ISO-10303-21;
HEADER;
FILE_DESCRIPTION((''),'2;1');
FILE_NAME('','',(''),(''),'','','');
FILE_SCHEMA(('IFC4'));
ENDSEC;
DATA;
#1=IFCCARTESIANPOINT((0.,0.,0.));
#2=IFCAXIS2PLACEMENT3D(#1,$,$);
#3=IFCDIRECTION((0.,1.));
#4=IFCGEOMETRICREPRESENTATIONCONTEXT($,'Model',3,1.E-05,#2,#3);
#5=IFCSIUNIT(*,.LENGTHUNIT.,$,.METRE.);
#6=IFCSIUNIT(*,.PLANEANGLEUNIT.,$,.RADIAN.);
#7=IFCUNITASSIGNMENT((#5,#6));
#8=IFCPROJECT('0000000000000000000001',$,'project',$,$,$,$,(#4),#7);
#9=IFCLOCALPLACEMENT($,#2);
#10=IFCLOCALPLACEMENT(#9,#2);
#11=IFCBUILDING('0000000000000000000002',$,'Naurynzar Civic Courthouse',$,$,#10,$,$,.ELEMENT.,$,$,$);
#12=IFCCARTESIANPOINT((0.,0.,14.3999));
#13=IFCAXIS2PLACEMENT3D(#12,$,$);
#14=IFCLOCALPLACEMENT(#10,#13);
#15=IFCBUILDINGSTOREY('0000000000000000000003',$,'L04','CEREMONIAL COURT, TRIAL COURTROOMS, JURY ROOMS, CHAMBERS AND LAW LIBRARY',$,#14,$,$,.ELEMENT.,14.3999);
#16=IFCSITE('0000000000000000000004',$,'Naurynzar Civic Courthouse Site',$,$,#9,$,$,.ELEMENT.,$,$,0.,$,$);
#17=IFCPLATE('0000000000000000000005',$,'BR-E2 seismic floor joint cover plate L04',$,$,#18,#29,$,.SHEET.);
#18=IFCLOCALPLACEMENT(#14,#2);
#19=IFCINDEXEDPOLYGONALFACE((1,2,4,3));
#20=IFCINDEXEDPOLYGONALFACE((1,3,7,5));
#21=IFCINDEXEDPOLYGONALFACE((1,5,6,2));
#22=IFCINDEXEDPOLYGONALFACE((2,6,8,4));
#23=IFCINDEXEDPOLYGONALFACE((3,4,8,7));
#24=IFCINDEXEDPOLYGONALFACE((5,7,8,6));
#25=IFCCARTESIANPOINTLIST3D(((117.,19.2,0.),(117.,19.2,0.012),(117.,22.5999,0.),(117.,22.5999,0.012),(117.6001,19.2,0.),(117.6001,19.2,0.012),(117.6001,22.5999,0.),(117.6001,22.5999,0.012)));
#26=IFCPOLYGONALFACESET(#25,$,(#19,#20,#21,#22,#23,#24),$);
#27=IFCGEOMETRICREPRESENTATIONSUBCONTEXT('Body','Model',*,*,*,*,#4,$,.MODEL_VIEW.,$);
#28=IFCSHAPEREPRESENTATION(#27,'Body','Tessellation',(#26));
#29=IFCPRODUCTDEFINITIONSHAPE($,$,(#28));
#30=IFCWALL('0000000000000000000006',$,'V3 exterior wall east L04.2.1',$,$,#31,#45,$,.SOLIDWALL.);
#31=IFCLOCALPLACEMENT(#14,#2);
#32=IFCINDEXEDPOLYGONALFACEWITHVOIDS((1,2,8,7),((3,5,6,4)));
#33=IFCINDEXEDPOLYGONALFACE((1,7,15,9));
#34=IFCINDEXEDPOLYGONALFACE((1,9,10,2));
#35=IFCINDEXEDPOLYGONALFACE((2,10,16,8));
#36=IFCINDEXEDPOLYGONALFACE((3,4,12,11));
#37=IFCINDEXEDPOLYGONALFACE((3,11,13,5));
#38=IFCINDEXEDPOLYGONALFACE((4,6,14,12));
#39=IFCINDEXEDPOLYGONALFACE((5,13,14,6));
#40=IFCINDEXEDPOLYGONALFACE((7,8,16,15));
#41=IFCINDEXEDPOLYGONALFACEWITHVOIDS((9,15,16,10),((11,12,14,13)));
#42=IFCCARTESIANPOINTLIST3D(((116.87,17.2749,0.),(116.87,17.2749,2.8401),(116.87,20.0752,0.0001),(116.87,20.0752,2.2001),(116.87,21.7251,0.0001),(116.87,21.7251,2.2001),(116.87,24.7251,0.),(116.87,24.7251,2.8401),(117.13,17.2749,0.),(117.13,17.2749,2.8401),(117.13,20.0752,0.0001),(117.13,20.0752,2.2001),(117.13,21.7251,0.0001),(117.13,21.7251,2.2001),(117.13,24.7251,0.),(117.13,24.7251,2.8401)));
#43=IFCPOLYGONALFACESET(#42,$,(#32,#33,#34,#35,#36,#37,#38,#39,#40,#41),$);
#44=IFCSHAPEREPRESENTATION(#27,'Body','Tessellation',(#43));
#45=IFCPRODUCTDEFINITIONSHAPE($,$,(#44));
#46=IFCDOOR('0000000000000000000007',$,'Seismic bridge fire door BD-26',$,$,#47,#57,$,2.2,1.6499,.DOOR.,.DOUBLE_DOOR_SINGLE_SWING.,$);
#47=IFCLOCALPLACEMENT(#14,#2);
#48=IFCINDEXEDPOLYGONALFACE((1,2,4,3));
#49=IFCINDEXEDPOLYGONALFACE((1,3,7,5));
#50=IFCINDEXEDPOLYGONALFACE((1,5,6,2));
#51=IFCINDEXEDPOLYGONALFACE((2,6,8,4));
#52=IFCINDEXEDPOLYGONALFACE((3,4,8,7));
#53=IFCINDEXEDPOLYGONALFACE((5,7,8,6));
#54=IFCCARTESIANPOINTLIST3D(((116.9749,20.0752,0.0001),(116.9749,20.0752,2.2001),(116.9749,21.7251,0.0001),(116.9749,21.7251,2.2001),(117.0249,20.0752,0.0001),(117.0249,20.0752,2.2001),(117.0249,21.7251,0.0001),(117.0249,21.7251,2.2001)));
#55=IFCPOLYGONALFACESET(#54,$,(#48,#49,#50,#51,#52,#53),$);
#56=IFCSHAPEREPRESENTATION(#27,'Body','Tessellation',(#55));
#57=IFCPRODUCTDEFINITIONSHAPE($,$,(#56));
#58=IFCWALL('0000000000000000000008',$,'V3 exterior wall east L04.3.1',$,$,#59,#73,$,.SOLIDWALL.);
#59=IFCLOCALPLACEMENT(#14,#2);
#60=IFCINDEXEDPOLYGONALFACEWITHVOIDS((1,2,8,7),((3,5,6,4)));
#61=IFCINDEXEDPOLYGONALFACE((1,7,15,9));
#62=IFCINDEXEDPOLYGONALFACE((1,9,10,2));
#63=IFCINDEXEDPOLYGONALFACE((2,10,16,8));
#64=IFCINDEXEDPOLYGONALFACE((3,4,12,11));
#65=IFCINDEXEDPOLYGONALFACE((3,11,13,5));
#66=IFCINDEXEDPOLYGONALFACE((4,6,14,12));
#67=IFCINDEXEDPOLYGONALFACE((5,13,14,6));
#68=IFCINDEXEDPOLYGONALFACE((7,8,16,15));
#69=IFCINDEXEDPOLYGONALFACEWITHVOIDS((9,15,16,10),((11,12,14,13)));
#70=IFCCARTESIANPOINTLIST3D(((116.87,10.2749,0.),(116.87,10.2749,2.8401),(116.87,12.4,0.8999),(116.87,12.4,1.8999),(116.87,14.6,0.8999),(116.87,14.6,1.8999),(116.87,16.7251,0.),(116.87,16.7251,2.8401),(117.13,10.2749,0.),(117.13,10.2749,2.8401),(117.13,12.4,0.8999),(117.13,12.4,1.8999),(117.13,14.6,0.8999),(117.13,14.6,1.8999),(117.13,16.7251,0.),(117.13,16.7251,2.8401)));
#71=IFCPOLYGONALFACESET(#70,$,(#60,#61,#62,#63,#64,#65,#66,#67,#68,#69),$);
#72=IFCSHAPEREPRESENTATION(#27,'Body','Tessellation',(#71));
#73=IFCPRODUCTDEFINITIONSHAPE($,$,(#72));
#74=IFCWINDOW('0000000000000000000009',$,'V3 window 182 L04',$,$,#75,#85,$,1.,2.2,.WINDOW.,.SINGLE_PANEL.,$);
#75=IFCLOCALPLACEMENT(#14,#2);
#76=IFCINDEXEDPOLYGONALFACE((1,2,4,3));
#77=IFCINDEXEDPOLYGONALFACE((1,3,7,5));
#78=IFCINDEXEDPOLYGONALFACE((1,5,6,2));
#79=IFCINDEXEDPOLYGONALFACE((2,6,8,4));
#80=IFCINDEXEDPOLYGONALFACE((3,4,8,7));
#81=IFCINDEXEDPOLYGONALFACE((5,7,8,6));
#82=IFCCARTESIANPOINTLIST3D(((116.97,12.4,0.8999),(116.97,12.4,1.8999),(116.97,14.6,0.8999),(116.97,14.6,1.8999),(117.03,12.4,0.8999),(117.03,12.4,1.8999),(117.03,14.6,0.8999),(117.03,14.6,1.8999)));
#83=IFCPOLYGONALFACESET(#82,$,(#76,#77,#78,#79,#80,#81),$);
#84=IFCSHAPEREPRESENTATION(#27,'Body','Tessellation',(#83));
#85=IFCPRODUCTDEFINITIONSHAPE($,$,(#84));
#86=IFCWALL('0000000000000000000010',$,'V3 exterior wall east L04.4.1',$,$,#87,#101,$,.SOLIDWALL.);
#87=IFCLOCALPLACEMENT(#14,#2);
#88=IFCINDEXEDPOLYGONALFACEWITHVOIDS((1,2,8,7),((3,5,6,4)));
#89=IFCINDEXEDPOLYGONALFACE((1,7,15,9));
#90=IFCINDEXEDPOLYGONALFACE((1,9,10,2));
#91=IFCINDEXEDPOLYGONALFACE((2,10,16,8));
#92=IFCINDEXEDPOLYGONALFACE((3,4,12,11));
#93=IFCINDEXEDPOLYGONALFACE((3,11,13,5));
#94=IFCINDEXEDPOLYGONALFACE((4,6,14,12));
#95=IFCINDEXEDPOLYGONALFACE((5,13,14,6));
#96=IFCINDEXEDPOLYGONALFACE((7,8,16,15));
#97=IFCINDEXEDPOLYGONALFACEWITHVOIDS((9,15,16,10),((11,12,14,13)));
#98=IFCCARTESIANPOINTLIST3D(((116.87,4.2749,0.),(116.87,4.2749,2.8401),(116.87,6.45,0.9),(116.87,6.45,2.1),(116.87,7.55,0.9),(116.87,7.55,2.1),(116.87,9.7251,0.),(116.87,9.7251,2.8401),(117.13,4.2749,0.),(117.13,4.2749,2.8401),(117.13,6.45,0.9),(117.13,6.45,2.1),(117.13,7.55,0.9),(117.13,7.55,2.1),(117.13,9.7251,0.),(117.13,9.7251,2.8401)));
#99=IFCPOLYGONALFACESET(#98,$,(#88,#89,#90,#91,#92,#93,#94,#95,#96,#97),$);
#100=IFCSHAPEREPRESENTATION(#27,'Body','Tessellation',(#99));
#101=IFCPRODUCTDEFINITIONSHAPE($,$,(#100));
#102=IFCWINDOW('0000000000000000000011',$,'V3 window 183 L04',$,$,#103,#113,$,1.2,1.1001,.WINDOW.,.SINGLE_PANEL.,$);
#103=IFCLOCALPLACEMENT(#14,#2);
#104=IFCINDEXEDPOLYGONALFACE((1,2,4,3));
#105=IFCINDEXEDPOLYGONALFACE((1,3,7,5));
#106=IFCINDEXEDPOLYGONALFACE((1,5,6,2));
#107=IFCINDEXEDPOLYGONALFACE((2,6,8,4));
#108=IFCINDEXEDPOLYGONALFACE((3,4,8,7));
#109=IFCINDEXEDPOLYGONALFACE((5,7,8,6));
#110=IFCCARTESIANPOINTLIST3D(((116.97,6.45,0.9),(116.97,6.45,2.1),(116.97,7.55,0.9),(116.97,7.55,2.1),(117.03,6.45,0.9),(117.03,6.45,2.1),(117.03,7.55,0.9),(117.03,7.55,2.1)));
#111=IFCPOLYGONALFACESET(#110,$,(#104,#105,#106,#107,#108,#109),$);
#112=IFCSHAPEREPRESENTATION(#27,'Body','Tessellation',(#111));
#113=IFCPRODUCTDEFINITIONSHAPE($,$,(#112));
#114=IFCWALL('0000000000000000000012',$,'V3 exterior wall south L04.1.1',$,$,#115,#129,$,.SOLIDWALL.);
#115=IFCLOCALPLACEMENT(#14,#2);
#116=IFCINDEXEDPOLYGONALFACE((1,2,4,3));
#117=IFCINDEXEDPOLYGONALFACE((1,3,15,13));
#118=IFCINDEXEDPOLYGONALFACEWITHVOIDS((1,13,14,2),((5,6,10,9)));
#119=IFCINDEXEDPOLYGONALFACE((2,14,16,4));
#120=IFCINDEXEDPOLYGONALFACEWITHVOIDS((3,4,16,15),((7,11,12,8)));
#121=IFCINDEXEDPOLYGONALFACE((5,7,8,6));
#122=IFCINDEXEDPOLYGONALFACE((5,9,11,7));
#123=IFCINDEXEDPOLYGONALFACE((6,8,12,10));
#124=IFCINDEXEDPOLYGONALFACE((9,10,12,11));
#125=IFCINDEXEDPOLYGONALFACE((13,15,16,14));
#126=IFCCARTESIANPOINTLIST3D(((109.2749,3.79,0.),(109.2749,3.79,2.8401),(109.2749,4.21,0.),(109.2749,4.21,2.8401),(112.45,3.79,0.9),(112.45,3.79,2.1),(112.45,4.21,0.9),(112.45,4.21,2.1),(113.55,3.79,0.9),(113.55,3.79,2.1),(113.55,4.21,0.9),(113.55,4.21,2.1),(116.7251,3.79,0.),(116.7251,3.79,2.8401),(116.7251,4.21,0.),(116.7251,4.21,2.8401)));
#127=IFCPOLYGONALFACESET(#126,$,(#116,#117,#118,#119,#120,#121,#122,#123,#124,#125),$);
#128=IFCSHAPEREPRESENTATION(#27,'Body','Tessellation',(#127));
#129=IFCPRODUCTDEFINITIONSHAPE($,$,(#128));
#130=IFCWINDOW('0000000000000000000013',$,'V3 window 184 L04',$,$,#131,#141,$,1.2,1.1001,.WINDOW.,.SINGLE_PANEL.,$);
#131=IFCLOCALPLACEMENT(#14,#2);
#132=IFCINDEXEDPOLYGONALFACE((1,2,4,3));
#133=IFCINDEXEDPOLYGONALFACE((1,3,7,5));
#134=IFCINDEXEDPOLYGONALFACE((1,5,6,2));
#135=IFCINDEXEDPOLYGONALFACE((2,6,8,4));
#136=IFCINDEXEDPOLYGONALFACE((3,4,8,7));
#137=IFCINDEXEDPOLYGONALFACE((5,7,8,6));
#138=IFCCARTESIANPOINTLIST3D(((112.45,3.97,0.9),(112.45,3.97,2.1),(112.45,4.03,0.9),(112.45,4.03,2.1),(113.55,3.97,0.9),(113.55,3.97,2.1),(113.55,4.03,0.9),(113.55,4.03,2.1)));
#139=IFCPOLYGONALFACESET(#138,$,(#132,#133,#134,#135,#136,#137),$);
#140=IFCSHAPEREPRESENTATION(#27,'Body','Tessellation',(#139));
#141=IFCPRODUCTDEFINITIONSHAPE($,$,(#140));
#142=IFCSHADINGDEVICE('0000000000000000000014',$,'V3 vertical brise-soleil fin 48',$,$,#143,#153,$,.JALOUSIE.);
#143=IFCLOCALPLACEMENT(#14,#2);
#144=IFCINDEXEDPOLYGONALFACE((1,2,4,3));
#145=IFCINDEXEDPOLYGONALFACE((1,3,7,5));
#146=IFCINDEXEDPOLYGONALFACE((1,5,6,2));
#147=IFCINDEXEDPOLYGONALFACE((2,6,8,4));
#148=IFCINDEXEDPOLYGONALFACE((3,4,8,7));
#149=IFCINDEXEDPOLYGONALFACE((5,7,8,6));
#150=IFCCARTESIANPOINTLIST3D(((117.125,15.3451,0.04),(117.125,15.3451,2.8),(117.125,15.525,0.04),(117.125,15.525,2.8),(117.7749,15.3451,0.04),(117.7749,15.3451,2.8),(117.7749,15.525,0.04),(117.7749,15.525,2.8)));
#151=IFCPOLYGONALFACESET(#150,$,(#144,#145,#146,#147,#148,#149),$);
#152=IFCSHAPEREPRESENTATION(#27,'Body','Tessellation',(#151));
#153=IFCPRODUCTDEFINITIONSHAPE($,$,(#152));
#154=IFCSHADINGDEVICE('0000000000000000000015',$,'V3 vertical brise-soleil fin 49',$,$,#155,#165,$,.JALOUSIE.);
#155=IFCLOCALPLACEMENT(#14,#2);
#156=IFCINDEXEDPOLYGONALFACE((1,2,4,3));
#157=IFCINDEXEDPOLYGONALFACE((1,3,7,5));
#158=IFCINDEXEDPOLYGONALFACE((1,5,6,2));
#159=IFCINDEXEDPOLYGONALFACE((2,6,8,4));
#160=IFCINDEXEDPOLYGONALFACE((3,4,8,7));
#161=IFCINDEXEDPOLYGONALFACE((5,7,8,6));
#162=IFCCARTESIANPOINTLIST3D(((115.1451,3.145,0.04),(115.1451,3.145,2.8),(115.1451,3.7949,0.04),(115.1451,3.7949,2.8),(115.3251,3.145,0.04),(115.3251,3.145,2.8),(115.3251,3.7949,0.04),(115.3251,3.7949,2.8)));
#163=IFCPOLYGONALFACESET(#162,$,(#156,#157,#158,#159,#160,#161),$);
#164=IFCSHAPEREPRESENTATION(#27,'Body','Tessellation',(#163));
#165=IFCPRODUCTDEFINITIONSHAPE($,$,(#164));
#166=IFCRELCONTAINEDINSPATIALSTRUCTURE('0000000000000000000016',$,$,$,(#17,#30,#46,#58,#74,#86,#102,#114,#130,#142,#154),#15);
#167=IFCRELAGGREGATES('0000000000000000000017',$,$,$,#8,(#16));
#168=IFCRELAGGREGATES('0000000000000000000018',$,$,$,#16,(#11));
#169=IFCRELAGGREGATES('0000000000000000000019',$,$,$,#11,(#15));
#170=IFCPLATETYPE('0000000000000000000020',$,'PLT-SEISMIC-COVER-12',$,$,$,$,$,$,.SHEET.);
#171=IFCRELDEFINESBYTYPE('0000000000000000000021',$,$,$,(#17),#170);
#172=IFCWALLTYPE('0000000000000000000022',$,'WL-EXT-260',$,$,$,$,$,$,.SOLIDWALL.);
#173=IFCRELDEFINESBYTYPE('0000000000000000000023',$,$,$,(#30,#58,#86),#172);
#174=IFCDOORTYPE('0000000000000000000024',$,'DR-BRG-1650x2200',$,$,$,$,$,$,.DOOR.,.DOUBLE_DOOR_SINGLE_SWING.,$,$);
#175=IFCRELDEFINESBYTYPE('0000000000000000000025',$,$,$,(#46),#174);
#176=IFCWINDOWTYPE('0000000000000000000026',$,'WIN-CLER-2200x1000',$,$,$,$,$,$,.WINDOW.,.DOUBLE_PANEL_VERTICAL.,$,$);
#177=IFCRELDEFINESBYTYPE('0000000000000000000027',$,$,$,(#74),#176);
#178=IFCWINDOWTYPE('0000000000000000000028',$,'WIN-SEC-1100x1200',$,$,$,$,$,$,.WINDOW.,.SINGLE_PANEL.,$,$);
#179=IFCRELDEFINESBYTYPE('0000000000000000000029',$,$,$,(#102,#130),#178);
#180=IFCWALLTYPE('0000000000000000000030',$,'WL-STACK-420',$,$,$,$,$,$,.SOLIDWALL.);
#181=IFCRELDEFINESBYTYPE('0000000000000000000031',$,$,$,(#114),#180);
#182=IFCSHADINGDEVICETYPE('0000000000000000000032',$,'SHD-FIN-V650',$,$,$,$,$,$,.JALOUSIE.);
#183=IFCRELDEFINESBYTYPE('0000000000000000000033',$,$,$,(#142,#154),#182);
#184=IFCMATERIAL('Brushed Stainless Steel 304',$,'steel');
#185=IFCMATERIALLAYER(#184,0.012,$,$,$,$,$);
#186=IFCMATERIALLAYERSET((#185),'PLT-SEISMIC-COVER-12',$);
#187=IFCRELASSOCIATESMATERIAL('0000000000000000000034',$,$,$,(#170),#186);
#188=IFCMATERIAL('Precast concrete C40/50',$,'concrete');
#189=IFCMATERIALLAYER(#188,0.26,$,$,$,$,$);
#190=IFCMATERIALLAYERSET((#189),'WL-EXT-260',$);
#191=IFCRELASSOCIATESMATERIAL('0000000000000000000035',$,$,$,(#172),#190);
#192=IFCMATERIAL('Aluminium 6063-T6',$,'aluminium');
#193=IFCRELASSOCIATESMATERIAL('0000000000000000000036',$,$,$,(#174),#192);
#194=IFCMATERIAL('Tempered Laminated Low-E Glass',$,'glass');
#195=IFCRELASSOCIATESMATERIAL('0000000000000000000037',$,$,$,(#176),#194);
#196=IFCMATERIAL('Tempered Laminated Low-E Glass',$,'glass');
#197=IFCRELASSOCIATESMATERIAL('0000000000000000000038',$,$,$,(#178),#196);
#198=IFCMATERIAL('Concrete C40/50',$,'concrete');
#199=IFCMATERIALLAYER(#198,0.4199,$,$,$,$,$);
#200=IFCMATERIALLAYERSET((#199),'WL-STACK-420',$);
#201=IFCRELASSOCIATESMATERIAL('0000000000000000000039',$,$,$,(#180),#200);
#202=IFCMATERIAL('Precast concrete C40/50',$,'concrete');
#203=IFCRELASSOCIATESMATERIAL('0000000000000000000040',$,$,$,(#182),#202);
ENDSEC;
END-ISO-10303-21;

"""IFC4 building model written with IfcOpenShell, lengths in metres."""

from ifc_helpers import new_model, si_unit, direction, frame, frame_2d, origin, origin_2d, place, context, subcontext, project, spatial, rectangle, extrude, material, layer, layer_set, type_object, element, fill, save


model = new_model("IFC4")

# Units and contexts
model_context = context("Model", 3, precision=1e-05, world=origin(), true_north=direction((0.0, 1.0)))
body_context = subcontext(model_context, "Body", "Model", "MODEL_VIEW")
ifc_project = project(units=[si_unit("LENGTHUNIT", "METRE"), si_unit("PLANEANGLEUNIT", "RADIAN")], contexts=[model_context])

# Site, building, storey
site_placement = place(None, origin())
site = spatial("IfcSite", under=ifc_project, at=site_placement, Name="Naurynzar Civic Courthouse Site", CompositionType="ELEMENT", RefElevation=0.0)
building_placement = place(site_placement, origin())
building = spatial("IfcBuilding", under=site, at=building_placement, Name="Naurynzar Civic Courthouse", CompositionType="ELEMENT")
storey_placement = place(building_placement, frame((0.0, 0.0, 14.3999)))
storey = spatial("IfcBuildingStorey", under=building, at=storey_placement, Name="L04", Description="CEREMONIAL COURT, TRIAL COURTROOMS, JURY ROOMS, CHAMBERS AND LAW LIBRARY", CompositionType="ELEMENT", Elevation=14.3999)

# Plate
ifc_material_1 = material(Name="Brushed Stainless Steel 304", Category="steel")
ifc_layer_1 = layer(ifc_material_1, 0.012)
ifc_layer_set_1 = layer_set([ifc_layer_1], Name="PLT-SEISMIC-COVER-12")
plate_type_1 = type_object("IfcPlateType", Name="PLT-SEISMIC-COVER-12", PredefinedType="SHEET", material=ifc_layer_set_1)
plate_1_placement = place(storey_placement, frame((117.3, 20.8999, 0.0), z_axis=(0.0, 0.0, 1.0), x_axis=(1.0, 0.0, 0.0)))
element("IfcPlate", 1, at=plate_1_placement, inside=storey, type_object=plate_type_1, Name="BR-E2 seismic floor joint cover plate L04", PredefinedType="SHEET", context=body_context, shape_type="SweptSolid", body=[
    extrude(rectangle(XDim=0.6001, YDim=3.3999, at=origin_2d()), origin(), (0.0, 0.0, 1.0), 0.012),
])

# Wall, opening, door
ifc_material_2 = material(Name="Precast concrete C40/50", Category="concrete")
ifc_layer_2 = layer(ifc_material_2, 0.26)
ifc_layer_set_2 = layer_set([ifc_layer_2], Name="WL-EXT-260")
wall_type_1 = type_object("IfcWallType", Name="WL-EXT-260", PredefinedType="SOLIDWALL", material=ifc_layer_set_2)
wall_1_placement = place(storey_placement, frame((117.0, 24.7251, 0.0), z_axis=(0.0, 0.0, 1.0), x_axis=(0.0, -1.0, 0.0)))
wall_1 = element("IfcWall", 2, at=wall_1_placement, inside=storey, type_object=wall_type_1, Name="V3 exterior wall east L04.2.1", PredefinedType="SOLIDWALL", context=body_context, shape_type="SweptSolid", body=[
    extrude(rectangle(XDim=7.4502, YDim=0.26, at=frame_2d((3.7251, 0.0))), origin(), (0.0, 0.0, 1.0), 2.8401),
])
opening_1_placement = place(wall_1_placement, frame((3.0, 0.0, 0.0)))
opening_1 = element("IfcOpeningElement", 3, at=opening_1_placement, cuts=wall_1, PredefinedType="OPENING", context=body_context, shape_type="SweptSolid", body=[
    extrude(rectangle(XDim=1.6499, YDim=2.2, at=frame_2d((0.825, 1.1001))), frame((0.0, 0.1399, 0.0), z_axis=(0.0, -1.0, 0.0), x_axis=(1.0, 0.0, 0.0)), (0.0, 0.0, 1.0), 0.28),
])
ifc_material_3 = material(Name="Aluminium 6063-T6", Category="aluminium")
door_type = type_object("IfcDoorType", Name="DR-BRG-1650x2200", OperationType="DOUBLE_DOOR_SINGLE_SWING", PredefinedType="DOOR", material=ifc_material_3)
door_placement = place(opening_1_placement, origin())
door = element("IfcDoor", 4, at=door_placement, inside=storey, type_object=door_type, Name="Seismic bridge fire door BD-26", OperationType="DOUBLE_DOOR_SINGLE_SWING", OverallHeight=2.2, OverallWidth=1.6499, PredefinedType="DOOR", context=body_context, shape_type="SweptSolid", body=[
    extrude(rectangle(XDim=1.6499, YDim=2.2, at=frame_2d((0.825, 1.1001))), frame((0.0, 0.0249, 0.0), z_axis=(0.0, -1.0, 0.0), x_axis=(1.0, 0.0, 0.0)), (0.0, 0.0, 1.0), 0.05),
])
fill(opening_1, door)

# Walls, openings, windows
wall_2_placement = place(storey_placement, frame((117.0, 16.7251, 0.0), z_axis=(0.0, 0.0, 1.0), x_axis=(0.0, -1.0, 0.0)))
wall_2 = element("IfcWall", 5, at=wall_2_placement, inside=storey, type_object=wall_type_1, Name="V3 exterior wall east L04.3.1", PredefinedType="SOLIDWALL", context=body_context, shape_type="SweptSolid", body=[
    extrude(rectangle(XDim=6.4502, YDim=0.26, at=frame_2d((3.2251, 0.0))), origin(), (0.0, 0.0, 1.0), 2.8401),
])
opening_2_placement = place(wall_2_placement, frame((2.125, 0.0, 0.8999)))
opening_2 = element("IfcOpeningElement", 6, at=opening_2_placement, cuts=wall_2, PredefinedType="OPENING", context=body_context, shape_type="SweptSolid", body=[
    extrude(rectangle(XDim=2.2, YDim=1.0, at=frame_2d((1.1001, 0.5))), frame((0.0, 0.1399, 0.0), z_axis=(0.0, -1.0, 0.0), x_axis=(1.0, 0.0, 0.0)), (0.0, 0.0, 1.0), 0.28),
])
ifc_material_4 = material(Name="Tempered Laminated Low-E Glass", Category="glass")
window_type_1 = type_object("IfcWindowType", Name="WIN-CLER-2200x1000", PartitioningType="DOUBLE_PANEL_VERTICAL", PredefinedType="WINDOW", material=ifc_material_4)
window_1_placement = place(opening_2_placement, origin())
window_1 = element("IfcWindow", 7, at=window_1_placement, inside=storey, type_object=window_type_1, Name="V3 window 182 L04", OverallHeight=1.0, OverallWidth=2.2, PartitioningType="SINGLE_PANEL", PredefinedType="WINDOW", context=body_context, shape_type="SweptSolid", body=[
    extrude(rectangle(XDim=2.2, YDim=1.0, at=frame_2d((1.1001, 0.5))), frame((0.0, 0.03, 0.0), z_axis=(0.0, -1.0, 0.0), x_axis=(1.0, 0.0, 0.0)), (0.0, 0.0, 1.0), 0.0601),
])
fill(opening_2, window_1)
wall_3_placement = place(storey_placement, frame((117.0, 9.7251, 0.0), z_axis=(0.0, 0.0, 1.0), x_axis=(0.0, -1.0, 0.0)))
wall_3 = element("IfcWall", 8, at=wall_3_placement, inside=storey, type_object=wall_type_1, Name="V3 exterior wall east L04.4.1", PredefinedType="SOLIDWALL", context=body_context, shape_type="SweptSolid", body=[
    extrude(rectangle(XDim=5.4502, YDim=0.26, at=frame_2d((2.7251, 0.0))), origin(), (0.0, 0.0, 1.0), 2.8401),
])
opening_3_placement = place(wall_3_placement, frame((2.175, 0.0, 0.8999)))
opening_3 = element("IfcOpeningElement", 9, at=opening_3_placement, cuts=wall_3, PredefinedType="OPENING", context=body_context, shape_type="SweptSolid", body=[
    extrude(rectangle(XDim=1.1001, YDim=1.2, at=frame_2d((0.55, 0.6001))), frame((0.0, 0.1399, 0.0), z_axis=(0.0, -1.0, 0.0), x_axis=(1.0, 0.0, 0.0)), (0.0, 0.0, 1.0), 0.28),
])
ifc_material_5 = material(Name="Tempered Laminated Low-E Glass", Category="glass")
window_type_2 = type_object("IfcWindowType", Name="WIN-SEC-1100x1200", PartitioningType="SINGLE_PANEL", PredefinedType="WINDOW", material=ifc_material_5)
window_2_placement = place(opening_3_placement, origin())
window_2 = element("IfcWindow", 10, at=window_2_placement, inside=storey, type_object=window_type_2, Name="V3 window 183 L04", OverallHeight=1.2, OverallWidth=1.1001, PartitioningType="SINGLE_PANEL", PredefinedType="WINDOW", context=body_context, shape_type="SweptSolid", body=[
    extrude(rectangle(XDim=1.1001, YDim=1.2, at=frame_2d((0.55, 0.6001))), frame((0.0, 0.03, 0.0), z_axis=(0.0, -1.0, 0.0), x_axis=(1.0, 0.0, 0.0)), (0.0, 0.0, 1.0), 0.0601),
])
fill(opening_3, window_2)
ifc_material_6 = material(Name="Concrete C40/50", Category="concrete")
ifc_layer_3 = layer(ifc_material_6, 0.4199)
ifc_layer_set_3 = layer_set([ifc_layer_3], Name="WL-STACK-420")
wall_type_2 = type_object("IfcWallType", Name="WL-STACK-420", PredefinedType="SOLIDWALL", material=ifc_layer_set_3)
wall_4_placement = place(storey_placement, frame((116.7251, 4.0, 0.0), z_axis=(0.0, 0.0, 1.0), x_axis=(-1.0, 0.0, 0.0)))
wall_4 = element("IfcWall", 11, at=wall_4_placement, inside=storey, type_object=wall_type_2, Name="V3 exterior wall south L04.1.1", PredefinedType="SOLIDWALL", context=body_context, shape_type="SweptSolid", body=[
    extrude(rectangle(XDim=7.4502, YDim=0.4199, at=frame_2d((3.7251, 0.0))), origin(), (0.0, 0.0, 1.0), 2.8401),
])
opening_4_placement = place(wall_4_placement, frame((3.175, 0.0, 0.8999)))
opening_4 = element("IfcOpeningElement", 12, at=opening_4_placement, cuts=wall_4, PredefinedType="OPENING", context=body_context, shape_type="SweptSolid", body=[
    extrude(rectangle(XDim=1.1001, YDim=1.2, at=frame_2d((0.55, 0.6001))), frame((0.0, 0.22, 0.0), z_axis=(0.0, -1.0, 0.0), x_axis=(1.0, 0.0, 0.0)), (0.0, 0.0, 1.0), 0.4399),
])
window_3_placement = place(opening_4_placement, origin())
window_3 = element("IfcWindow", 13, at=window_3_placement, inside=storey, type_object=window_type_2, Name="V3 window 184 L04", OverallHeight=1.2, OverallWidth=1.1001, PartitioningType="SINGLE_PANEL", PredefinedType="WINDOW", context=body_context, shape_type="SweptSolid", body=[
    extrude(rectangle(XDim=1.1001, YDim=1.2, at=frame_2d((0.55, 0.6001))), frame((0.0, 0.03, 0.0), z_axis=(0.0, -1.0, 0.0), x_axis=(1.0, 0.0, 0.0)), (0.0, 0.0, 1.0), 0.0601),
])
fill(opening_4, window_3)

# Shading devices
ifc_material_7 = material(Name="Precast concrete C40/50", Category="concrete")
shading_device_type_1 = type_object("IfcShadingDeviceType", Name="SHD-FIN-V650", PredefinedType="JALOUSIE", material=ifc_material_7)
for number, where, z_axis, x_axis, name in (
    (14, (117.45, 15.4351, 0.04), (0.0, 0.0, 1.0), (0.0, -1.0, 0.0), "V3 vertical brise-soleil fin 48"),
    (15, (115.2351, 3.47, 0.04), (0.0, 0.0, 1.0), (-1.0, 0.0, 0.0), "V3 vertical brise-soleil fin 49"),
):
    element("IfcShadingDevice", number, at=place(storey_placement, frame(where, z_axis=z_axis, x_axis=x_axis)), inside=storey, type_object=shading_device_type_1, Name=name, PredefinedType="JALOUSIE", context=body_context, shape_type="SweptSolid", body=[
        extrude(rectangle(XDim=0.1799, YDim=0.6499, at=origin_2d()), origin(), (0.0, 0.0, 1.0), 2.76),
    ])

save(model, "model.ifc")
